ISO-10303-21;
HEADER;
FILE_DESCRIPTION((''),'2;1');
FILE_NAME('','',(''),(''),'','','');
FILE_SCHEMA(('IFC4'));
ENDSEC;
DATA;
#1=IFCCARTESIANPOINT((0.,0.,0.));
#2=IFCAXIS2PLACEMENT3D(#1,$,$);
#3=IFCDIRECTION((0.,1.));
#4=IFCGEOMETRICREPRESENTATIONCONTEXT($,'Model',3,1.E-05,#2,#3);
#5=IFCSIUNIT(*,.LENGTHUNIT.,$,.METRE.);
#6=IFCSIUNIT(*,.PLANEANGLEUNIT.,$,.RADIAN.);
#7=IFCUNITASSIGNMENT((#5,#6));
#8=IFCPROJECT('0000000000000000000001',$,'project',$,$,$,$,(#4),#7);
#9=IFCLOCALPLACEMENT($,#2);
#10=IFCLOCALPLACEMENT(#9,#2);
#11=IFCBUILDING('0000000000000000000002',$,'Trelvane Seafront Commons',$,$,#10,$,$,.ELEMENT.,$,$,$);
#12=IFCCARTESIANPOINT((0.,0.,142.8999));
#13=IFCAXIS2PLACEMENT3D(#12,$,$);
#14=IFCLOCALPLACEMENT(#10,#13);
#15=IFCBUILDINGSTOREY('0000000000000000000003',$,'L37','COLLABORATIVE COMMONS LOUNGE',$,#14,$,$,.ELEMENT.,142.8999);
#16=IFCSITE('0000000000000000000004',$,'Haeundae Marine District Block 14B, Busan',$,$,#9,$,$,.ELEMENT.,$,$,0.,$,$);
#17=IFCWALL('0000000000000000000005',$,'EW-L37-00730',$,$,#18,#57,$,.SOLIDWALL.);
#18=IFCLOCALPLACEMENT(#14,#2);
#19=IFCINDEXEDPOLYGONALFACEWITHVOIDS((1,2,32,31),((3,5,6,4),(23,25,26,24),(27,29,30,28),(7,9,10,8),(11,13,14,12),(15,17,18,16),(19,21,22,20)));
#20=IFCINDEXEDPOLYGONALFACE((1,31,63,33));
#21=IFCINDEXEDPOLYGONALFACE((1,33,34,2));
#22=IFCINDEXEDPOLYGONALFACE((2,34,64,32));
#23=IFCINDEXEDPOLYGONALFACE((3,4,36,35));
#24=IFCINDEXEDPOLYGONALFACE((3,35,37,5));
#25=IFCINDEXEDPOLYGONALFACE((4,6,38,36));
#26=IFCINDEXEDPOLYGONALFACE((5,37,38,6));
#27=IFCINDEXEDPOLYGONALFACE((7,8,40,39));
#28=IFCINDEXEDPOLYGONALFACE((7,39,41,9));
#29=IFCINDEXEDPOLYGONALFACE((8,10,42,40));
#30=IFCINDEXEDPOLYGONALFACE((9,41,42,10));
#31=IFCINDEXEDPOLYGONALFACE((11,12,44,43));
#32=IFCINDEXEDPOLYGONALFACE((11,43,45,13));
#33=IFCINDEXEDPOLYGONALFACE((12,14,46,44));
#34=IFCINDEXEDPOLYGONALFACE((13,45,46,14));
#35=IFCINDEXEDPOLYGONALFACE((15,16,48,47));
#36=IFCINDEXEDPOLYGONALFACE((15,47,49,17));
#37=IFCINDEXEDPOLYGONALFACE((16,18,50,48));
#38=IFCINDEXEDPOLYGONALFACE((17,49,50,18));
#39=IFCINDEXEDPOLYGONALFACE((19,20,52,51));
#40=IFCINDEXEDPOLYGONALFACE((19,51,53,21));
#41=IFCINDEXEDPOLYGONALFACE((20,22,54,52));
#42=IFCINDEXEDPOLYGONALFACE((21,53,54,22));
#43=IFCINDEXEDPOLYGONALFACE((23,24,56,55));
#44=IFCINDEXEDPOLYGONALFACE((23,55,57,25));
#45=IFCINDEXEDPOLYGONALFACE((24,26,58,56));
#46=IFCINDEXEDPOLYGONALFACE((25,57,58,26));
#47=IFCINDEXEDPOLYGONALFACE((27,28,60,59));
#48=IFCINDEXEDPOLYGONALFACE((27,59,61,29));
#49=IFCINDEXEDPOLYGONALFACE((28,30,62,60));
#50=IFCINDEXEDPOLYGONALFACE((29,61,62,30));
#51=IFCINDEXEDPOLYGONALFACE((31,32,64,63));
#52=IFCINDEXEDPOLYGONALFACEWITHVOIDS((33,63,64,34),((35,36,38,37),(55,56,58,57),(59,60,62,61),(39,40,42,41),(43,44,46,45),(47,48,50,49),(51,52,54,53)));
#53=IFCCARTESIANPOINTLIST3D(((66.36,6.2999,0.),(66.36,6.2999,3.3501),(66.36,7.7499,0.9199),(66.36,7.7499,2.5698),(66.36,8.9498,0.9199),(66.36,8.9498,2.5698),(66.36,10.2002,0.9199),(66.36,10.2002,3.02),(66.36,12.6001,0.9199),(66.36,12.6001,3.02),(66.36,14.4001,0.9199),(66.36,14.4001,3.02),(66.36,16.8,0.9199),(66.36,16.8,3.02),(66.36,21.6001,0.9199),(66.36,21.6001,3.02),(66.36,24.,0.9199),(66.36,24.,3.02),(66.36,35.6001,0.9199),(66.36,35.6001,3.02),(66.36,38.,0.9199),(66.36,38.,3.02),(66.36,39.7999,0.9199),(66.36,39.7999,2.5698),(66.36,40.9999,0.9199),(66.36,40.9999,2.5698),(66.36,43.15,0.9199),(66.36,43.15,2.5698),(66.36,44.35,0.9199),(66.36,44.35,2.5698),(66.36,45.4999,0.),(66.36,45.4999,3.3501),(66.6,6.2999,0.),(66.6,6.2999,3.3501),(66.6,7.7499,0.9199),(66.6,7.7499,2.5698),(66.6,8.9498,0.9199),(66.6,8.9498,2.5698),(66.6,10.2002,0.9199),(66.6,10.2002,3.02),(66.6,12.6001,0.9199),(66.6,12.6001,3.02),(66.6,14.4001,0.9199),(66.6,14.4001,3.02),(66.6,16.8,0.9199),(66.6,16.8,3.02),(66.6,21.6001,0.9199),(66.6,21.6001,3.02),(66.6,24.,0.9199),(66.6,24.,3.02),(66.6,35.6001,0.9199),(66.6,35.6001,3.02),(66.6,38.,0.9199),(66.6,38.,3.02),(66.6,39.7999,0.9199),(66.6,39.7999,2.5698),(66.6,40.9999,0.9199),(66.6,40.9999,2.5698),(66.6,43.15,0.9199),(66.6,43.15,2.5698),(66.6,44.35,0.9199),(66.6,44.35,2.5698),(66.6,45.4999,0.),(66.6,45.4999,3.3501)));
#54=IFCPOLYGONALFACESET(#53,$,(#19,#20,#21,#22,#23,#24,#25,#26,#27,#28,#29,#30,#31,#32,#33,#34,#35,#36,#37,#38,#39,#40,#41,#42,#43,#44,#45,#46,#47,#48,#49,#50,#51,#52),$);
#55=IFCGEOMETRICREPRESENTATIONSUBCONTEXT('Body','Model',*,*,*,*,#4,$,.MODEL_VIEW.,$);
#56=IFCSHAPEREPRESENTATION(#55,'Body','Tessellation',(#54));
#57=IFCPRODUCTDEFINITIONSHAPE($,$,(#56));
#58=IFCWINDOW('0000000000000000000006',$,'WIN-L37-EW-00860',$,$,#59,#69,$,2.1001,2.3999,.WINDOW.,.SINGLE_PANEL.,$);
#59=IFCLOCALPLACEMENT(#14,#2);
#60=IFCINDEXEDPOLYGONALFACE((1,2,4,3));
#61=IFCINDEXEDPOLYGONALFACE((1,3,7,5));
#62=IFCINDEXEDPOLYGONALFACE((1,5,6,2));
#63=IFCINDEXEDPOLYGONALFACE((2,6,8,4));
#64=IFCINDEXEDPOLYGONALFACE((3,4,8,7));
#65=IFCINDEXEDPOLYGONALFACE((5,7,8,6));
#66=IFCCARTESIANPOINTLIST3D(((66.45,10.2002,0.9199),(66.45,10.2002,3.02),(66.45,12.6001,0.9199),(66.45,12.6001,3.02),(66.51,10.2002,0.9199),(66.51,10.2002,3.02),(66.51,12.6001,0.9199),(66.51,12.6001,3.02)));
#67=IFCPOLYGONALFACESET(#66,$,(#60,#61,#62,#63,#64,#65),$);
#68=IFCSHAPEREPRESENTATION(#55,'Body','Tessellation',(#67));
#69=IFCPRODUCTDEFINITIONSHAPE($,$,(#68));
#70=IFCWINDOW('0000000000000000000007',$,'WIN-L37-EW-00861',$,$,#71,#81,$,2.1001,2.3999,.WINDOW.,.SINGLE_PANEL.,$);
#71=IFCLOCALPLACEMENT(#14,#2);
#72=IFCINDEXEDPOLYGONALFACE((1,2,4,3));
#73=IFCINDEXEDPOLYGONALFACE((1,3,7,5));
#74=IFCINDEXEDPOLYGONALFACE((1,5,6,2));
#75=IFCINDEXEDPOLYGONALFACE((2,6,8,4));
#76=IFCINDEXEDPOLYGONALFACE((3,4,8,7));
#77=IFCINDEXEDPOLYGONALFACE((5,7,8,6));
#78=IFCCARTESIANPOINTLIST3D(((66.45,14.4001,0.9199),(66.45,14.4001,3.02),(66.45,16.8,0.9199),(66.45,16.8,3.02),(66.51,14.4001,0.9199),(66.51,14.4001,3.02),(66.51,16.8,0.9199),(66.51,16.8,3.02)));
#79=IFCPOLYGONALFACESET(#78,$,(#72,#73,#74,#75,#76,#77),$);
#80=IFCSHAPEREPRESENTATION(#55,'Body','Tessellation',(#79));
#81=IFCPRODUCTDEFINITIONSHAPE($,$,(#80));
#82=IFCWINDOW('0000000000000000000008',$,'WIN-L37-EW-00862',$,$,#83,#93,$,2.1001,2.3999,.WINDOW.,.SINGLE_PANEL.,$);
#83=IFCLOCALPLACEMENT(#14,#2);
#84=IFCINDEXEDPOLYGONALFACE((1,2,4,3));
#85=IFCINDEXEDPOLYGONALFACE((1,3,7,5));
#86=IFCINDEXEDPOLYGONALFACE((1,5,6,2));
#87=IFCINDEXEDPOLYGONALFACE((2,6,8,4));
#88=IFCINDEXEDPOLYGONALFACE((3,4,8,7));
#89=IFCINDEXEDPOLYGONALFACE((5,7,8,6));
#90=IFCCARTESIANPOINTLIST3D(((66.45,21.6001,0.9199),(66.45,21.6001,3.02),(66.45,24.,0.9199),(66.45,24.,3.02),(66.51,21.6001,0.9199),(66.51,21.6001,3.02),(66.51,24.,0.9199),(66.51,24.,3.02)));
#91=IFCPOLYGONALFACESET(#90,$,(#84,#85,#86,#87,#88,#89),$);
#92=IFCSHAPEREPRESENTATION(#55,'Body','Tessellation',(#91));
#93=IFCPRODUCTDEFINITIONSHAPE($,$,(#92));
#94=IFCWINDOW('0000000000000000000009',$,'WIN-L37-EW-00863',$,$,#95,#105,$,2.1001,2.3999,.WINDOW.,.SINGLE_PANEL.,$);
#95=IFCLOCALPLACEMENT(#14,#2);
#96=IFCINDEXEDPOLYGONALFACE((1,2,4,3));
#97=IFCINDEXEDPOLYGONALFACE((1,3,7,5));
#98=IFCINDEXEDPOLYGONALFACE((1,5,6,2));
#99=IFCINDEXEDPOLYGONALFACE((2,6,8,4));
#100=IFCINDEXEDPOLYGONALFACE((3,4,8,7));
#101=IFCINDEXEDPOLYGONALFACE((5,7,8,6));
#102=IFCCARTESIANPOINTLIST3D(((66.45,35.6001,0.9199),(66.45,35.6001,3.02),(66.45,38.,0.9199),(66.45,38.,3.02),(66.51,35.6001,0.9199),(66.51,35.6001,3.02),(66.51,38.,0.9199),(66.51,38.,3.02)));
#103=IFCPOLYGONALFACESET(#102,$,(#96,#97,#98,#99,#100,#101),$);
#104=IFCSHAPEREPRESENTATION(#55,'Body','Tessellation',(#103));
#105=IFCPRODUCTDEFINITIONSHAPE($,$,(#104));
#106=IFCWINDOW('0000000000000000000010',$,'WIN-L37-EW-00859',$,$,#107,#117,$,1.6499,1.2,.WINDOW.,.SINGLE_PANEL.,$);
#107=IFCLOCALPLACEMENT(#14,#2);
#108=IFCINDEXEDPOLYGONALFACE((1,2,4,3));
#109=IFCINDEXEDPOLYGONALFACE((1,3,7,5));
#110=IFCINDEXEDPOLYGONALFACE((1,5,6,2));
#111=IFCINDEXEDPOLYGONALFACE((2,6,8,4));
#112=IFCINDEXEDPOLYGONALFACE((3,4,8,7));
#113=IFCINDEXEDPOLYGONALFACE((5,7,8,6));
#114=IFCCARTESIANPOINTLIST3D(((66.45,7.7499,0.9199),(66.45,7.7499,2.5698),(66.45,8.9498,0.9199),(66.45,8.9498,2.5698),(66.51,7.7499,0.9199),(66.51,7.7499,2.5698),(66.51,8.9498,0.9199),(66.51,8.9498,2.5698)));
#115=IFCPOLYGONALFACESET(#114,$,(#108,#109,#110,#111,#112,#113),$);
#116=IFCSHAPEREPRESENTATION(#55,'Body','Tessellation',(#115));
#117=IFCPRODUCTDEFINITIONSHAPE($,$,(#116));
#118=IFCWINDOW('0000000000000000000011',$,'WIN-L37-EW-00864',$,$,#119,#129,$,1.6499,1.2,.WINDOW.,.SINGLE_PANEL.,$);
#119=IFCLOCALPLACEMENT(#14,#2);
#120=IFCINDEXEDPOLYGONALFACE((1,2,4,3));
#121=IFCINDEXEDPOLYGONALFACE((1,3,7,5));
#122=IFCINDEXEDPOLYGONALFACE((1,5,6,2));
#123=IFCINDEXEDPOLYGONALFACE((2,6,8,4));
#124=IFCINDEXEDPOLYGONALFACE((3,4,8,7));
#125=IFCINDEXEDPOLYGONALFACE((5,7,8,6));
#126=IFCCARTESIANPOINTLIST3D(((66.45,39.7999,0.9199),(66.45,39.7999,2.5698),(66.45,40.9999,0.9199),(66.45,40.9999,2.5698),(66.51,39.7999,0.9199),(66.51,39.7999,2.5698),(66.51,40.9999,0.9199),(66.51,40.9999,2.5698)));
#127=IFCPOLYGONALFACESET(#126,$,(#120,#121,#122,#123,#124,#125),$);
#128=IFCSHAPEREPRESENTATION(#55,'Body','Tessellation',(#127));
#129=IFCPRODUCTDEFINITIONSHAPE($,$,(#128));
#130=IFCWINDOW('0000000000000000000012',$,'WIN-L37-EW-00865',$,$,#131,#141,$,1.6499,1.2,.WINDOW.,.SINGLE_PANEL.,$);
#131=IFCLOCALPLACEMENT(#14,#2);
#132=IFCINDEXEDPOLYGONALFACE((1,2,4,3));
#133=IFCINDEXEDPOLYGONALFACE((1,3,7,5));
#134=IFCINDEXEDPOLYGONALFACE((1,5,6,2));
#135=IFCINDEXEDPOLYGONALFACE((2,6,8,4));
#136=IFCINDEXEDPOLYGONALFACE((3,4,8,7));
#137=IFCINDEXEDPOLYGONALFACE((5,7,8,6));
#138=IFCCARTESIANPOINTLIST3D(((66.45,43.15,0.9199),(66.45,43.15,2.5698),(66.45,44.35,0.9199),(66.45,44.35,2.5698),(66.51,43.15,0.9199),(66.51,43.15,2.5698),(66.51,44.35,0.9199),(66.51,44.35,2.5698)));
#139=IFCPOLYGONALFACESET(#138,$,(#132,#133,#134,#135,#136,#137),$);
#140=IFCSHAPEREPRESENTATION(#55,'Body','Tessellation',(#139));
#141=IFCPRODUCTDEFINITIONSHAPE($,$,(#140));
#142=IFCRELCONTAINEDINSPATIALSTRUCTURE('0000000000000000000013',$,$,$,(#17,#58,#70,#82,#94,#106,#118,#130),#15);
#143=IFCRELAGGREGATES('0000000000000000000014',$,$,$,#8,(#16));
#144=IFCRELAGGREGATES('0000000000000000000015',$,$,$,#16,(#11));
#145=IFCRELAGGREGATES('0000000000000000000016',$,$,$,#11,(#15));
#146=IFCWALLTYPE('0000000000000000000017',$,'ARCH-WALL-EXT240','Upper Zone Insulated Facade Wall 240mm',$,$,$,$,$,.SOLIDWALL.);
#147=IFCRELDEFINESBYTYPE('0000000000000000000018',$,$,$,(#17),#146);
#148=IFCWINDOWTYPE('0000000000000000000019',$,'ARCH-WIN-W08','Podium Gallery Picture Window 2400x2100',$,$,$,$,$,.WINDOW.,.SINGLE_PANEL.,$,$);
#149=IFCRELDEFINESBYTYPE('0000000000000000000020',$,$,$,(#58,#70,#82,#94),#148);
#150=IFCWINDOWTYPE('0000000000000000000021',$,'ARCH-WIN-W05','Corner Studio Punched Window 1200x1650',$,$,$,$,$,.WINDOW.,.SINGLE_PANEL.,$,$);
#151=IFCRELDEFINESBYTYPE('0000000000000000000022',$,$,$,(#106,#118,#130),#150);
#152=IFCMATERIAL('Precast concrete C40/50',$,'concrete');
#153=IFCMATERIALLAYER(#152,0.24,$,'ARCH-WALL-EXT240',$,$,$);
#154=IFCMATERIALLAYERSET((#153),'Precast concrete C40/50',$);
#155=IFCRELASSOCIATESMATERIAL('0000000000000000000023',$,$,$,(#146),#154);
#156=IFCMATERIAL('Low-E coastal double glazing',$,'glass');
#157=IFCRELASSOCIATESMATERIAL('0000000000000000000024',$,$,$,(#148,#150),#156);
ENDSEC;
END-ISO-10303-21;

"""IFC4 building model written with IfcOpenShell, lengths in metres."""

from ifc_helpers import new_model, si_unit, direction, frame, frame_2d, origin, place, context, subcontext, project, spatial, rectangle, extrude, source, transform, mapped, material, layer, layer_set, type_object, element, fill, save


model = new_model("IFC4")

# Units and contexts
model_context = context("Model", 3, precision=1e-05, world=origin(), true_north=direction((0.0, 1.0)))
body_context = subcontext(model_context, "Body", "Model", "MODEL_VIEW")
ifc_project = project(units=[si_unit("LENGTHUNIT", "METRE"), si_unit("PLANEANGLEUNIT", "RADIAN")], contexts=[model_context])

# Site, building, storey
site_placement = place(None, origin())
site = spatial("IfcSite", under=ifc_project, at=site_placement, Name="Haeundae Marine District Block 14B, Busan", CompositionType="ELEMENT", RefElevation=0.0)
building_placement = place(site_placement, origin())
building = spatial("IfcBuilding", under=site, at=building_placement, Name="Trelvane Seafront Commons", CompositionType="ELEMENT")
storey_placement = place(building_placement, frame((0.0, 0.0, 142.8999)))
storey = spatial("IfcBuildingStorey", under=building, at=storey_placement, Name="L37", Description="COLLABORATIVE COMMONS LOUNGE", CompositionType="ELEMENT", Elevation=142.8999)

# Shared definitions
ifc_material_1 = material(Name="Low-E coastal double glazing", Category="glass")

# Shared definitions
ifc_material_2 = material(Name="Precast concrete C40/50", Category="concrete")
ifc_layer_1 = layer(ifc_material_2, 0.24, Name="ARCH-WALL-EXT240")
ifc_layer_set_1 = layer_set([ifc_layer_1], Name="Precast concrete C40/50")
wall_type_1 = type_object("IfcWallType", Name="ARCH-WALL-EXT240", Description="Upper Zone Insulated Facade Wall 240mm", PredefinedType="SOLIDWALL", material=ifc_layer_set_1)

# Wall, openings, windows
wall_1_placement = place(storey_placement, frame((66.48, 45.5, 0.0), z_axis=(0.0, 0.0, 1.0), x_axis=(0.0, -1.0, 0.0)))
wall_1 = element("IfcWall", 1, at=wall_1_placement, inside=storey, type_object=wall_type_1, Name="EW-L37-00730", PredefinedType="SOLIDWALL", context=body_context, shape_type="SweptSolid", body=[
    extrude(rectangle(XDim=39.2, YDim=0.24, at=frame_2d((19.6001, 0.0))), origin(), (0.0, 0.0, 1.0), 3.3501),
])
opening_1_placement = place(wall_1_placement, frame((36.55, 0.0, 0.9199)))
opening_1 = element("IfcOpeningElement", 2, at=opening_1_placement, cuts=wall_1, PredefinedType="OPENING", context=body_context, shape_type="SweptSolid", body=[
    extrude(rectangle(XDim=1.2, YDim=1.6499, at=frame_2d((0.6001, 0.825))), frame((0.0, 0.1299, 0.0), z_axis=(0.0, -1.0, 0.0), x_axis=(1.0, 0.0, 0.0)), (0.0, 0.0, 1.0), 0.26),
])
opening_2_placement = place(wall_1_placement, frame((32.8999, 0.0, 0.9199)))
opening_2 = element("IfcOpeningElement", 3, at=opening_2_placement, cuts=wall_1, PredefinedType="OPENING", context=body_context, shape_type="SweptSolid", body=[
    extrude(rectangle(XDim=2.3999, YDim=2.1001, at=frame_2d((1.2, 1.05))), frame((0.0, 0.1299, 0.0), z_axis=(0.0, -1.0, 0.0), x_axis=(1.0, 0.0, 0.0)), (0.0, 0.0, 1.0), 0.26),
])
opening_3_placement = place(wall_1_placement, frame((28.7, 0.0, 0.9199)))
opening_3 = element("IfcOpeningElement", 4, at=opening_3_placement, cuts=wall_1, PredefinedType="OPENING", context=body_context, shape_type="SweptSolid", body=[
    extrude(rectangle(XDim=2.3999, YDim=2.1001, at=frame_2d((1.2, 1.05))), frame((0.0, 0.1299, 0.0), z_axis=(0.0, -1.0, 0.0), x_axis=(1.0, 0.0, 0.0)), (0.0, 0.0, 1.0), 0.26),
])
opening_4_placement = place(wall_1_placement, frame((21.5, 0.0, 0.9199)))
opening_4 = element("IfcOpeningElement", 5, at=opening_4_placement, cuts=wall_1, PredefinedType="OPENING", context=body_context, shape_type="SweptSolid", body=[
    extrude(rectangle(XDim=2.3999, YDim=2.1001, at=frame_2d((1.2, 1.05))), frame((0.0, 0.1299, 0.0), z_axis=(0.0, -1.0, 0.0), x_axis=(1.0, 0.0, 0.0)), (0.0, 0.0, 1.0), 0.26),
])
opening_5_placement = place(wall_1_placement, frame((7.5, 0.0, 0.9199)))
opening_5 = element("IfcOpeningElement", 6, at=opening_5_placement, cuts=wall_1, PredefinedType="OPENING", context=body_context, shape_type="SweptSolid", body=[
    extrude(rectangle(XDim=2.3999, YDim=2.1001, at=frame_2d((1.2, 1.05))), frame((0.0, 0.1299, 0.0), z_axis=(0.0, -1.0, 0.0), x_axis=(1.0, 0.0, 0.0)), (0.0, 0.0, 1.0), 0.26),
])
opening_6_placement = place(wall_1_placement, frame((4.5, 0.0, 0.9199)))
opening_6 = element("IfcOpeningElement", 7, at=opening_6_placement, cuts=wall_1, PredefinedType="OPENING", context=body_context, shape_type="SweptSolid", body=[
    extrude(rectangle(XDim=1.2, YDim=1.6499, at=frame_2d((0.6001, 0.825))), frame((0.0, 0.1299, 0.0), z_axis=(0.0, -1.0, 0.0), x_axis=(1.0, 0.0, 0.0)), (0.0, 0.0, 1.0), 0.26),
])
opening_7_placement = place(wall_1_placement, frame((1.1499, 0.0, 0.9199)))
opening_7 = element("IfcOpeningElement", 8, at=opening_7_placement, cuts=wall_1, PredefinedType="OPENING", context=body_context, shape_type="SweptSolid", body=[
    extrude(rectangle(XDim=1.2, YDim=1.6499, at=frame_2d((0.6001, 0.825))), frame((0.0, 0.1299, 0.0), z_axis=(0.0, -1.0, 0.0), x_axis=(1.0, 0.0, 0.0)), (0.0, 0.0, 1.0), 0.26),
])
window_type_1 = type_object("IfcWindowType", Name="ARCH-WIN-W08", Description="Podium Gallery Picture Window 2400x2100", PartitioningType="SINGLE_PANEL", PredefinedType="WINDOW", material=ifc_material_1)
shared_shape_1 = source(origin(), body_context, "Body", "SweptSolid", [
    extrude(rectangle(XDim=2.3999, YDim=2.1001, at=frame_2d((1.2, 1.05))), frame((0.0, 0.03, 0.0), z_axis=(0.0, -1.0, 0.0), x_axis=(1.0, 0.0, 0.0)), (0.0, 0.0, 1.0), 0.0601),
])
window_1_placement = place(opening_2_placement, origin())
window_1 = element("IfcWindow", 9, at=window_1_placement, inside=storey, type_object=window_type_1, Name="WIN-L37-EW-00860", OverallHeight=2.1001, OverallWidth=2.3999, PartitioningType="SINGLE_PANEL", PredefinedType="WINDOW", context=body_context, shape_type="MappedRepresentation", body=[
    mapped(shared_shape_1, transform((0.0, 0.0, 0.0), x_axis=(1.0, 0.0, 0.0), y_axis=(0.0, 1.0, 0.0), z_axis=(0.0, 0.0, 1.0), scale=1.0)),
])
fill(opening_2, window_1)
window_2_placement = place(opening_3_placement, origin())
window_2 = element("IfcWindow", 10, at=window_2_placement, inside=storey, type_object=window_type_1, Name="WIN-L37-EW-00861", OverallHeight=2.1001, OverallWidth=2.3999, PartitioningType="SINGLE_PANEL", PredefinedType="WINDOW", context=body_context, shape_type="MappedRepresentation", body=[
    mapped(shared_shape_1, transform((0.0, 0.0, 0.0), x_axis=(1.0, 0.0, 0.0), y_axis=(0.0, 1.0, 0.0), z_axis=(0.0, 0.0, 1.0), scale=1.0)),
])
fill(opening_3, window_2)
window_3_placement = place(opening_4_placement, origin())
window_3 = element("IfcWindow", 11, at=window_3_placement, inside=storey, type_object=window_type_1, Name="WIN-L37-EW-00862", OverallHeight=2.1001, OverallWidth=2.3999, PartitioningType="SINGLE_PANEL", PredefinedType="WINDOW", context=body_context, shape_type="MappedRepresentation", body=[
    mapped(shared_shape_1, transform((0.0, 0.0, 0.0), x_axis=(1.0, 0.0, 0.0), y_axis=(0.0, 1.0, 0.0), z_axis=(0.0, 0.0, 1.0), scale=1.0)),
])
fill(opening_4, window_3)
window_4_placement = place(opening_5_placement, origin())
window_4 = element("IfcWindow", 12, at=window_4_placement, inside=storey, type_object=window_type_1, Name="WIN-L37-EW-00863", OverallHeight=2.1001, OverallWidth=2.3999, PartitioningType="SINGLE_PANEL", PredefinedType="WINDOW", context=body_context, shape_type="MappedRepresentation", body=[
    mapped(shared_shape_1, transform((0.0, 0.0, 0.0), x_axis=(1.0, 0.0, 0.0), y_axis=(0.0, 1.0, 0.0), z_axis=(0.0, 0.0, 1.0), scale=1.0)),
])
fill(opening_5, window_4)
window_type_2 = type_object("IfcWindowType", Name="ARCH-WIN-W05", Description="Corner Studio Punched Window 1200x1650", PartitioningType="SINGLE_PANEL", PredefinedType="WINDOW", material=ifc_material_1)
shared_shape_2 = source(origin(), body_context, "Body", "SweptSolid", [
    extrude(rectangle(XDim=1.2, YDim=1.6499, at=frame_2d((0.6001, 0.825))), frame((0.0, 0.03, 0.0), z_axis=(0.0, -1.0, 0.0), x_axis=(1.0, 0.0, 0.0)), (0.0, 0.0, 1.0), 0.0601),
])
window_5_placement = place(opening_1_placement, origin())
window_5 = element("IfcWindow", 13, at=window_5_placement, inside=storey, type_object=window_type_2, Name="WIN-L37-EW-00859", OverallHeight=1.6499, OverallWidth=1.2, PartitioningType="SINGLE_PANEL", PredefinedType="WINDOW", context=body_context, shape_type="MappedRepresentation", body=[
    mapped(shared_shape_2, transform((0.0, 0.0, 0.0), x_axis=(1.0, 0.0, 0.0), y_axis=(0.0, 1.0, 0.0), z_axis=(0.0, 0.0, 1.0), scale=1.0)),
])
fill(opening_1, window_5)
window_6_placement = place(opening_6_placement, origin())
window_6 = element("IfcWindow", 14, at=window_6_placement, inside=storey, type_object=window_type_2, Name="WIN-L37-EW-00864", OverallHeight=1.6499, OverallWidth=1.2, PartitioningType="SINGLE_PANEL", PredefinedType="WINDOW", context=body_context, shape_type="MappedRepresentation", body=[
    mapped(shared_shape_2, transform((0.0, 0.0, 0.0), x_axis=(1.0, 0.0, 0.0), y_axis=(0.0, 1.0, 0.0), z_axis=(0.0, 0.0, 1.0), scale=1.0)),
])
fill(opening_6, window_6)
window_7_placement = place(opening_7_placement, origin())
window_7 = element("IfcWindow", 15, at=window_7_placement, inside=storey, type_object=window_type_2, Name="WIN-L37-EW-00865", OverallHeight=1.6499, OverallWidth=1.2, PartitioningType="SINGLE_PANEL", PredefinedType="WINDOW", context=body_context, shape_type="MappedRepresentation", body=[
    mapped(shared_shape_2, transform((0.0, 0.0, 0.0), x_axis=(1.0, 0.0, 0.0), y_axis=(0.0, 1.0, 0.0), z_axis=(0.0, 0.0, 1.0), scale=1.0)),
])
fill(opening_7, window_7)

save(model, "model.ifc")
